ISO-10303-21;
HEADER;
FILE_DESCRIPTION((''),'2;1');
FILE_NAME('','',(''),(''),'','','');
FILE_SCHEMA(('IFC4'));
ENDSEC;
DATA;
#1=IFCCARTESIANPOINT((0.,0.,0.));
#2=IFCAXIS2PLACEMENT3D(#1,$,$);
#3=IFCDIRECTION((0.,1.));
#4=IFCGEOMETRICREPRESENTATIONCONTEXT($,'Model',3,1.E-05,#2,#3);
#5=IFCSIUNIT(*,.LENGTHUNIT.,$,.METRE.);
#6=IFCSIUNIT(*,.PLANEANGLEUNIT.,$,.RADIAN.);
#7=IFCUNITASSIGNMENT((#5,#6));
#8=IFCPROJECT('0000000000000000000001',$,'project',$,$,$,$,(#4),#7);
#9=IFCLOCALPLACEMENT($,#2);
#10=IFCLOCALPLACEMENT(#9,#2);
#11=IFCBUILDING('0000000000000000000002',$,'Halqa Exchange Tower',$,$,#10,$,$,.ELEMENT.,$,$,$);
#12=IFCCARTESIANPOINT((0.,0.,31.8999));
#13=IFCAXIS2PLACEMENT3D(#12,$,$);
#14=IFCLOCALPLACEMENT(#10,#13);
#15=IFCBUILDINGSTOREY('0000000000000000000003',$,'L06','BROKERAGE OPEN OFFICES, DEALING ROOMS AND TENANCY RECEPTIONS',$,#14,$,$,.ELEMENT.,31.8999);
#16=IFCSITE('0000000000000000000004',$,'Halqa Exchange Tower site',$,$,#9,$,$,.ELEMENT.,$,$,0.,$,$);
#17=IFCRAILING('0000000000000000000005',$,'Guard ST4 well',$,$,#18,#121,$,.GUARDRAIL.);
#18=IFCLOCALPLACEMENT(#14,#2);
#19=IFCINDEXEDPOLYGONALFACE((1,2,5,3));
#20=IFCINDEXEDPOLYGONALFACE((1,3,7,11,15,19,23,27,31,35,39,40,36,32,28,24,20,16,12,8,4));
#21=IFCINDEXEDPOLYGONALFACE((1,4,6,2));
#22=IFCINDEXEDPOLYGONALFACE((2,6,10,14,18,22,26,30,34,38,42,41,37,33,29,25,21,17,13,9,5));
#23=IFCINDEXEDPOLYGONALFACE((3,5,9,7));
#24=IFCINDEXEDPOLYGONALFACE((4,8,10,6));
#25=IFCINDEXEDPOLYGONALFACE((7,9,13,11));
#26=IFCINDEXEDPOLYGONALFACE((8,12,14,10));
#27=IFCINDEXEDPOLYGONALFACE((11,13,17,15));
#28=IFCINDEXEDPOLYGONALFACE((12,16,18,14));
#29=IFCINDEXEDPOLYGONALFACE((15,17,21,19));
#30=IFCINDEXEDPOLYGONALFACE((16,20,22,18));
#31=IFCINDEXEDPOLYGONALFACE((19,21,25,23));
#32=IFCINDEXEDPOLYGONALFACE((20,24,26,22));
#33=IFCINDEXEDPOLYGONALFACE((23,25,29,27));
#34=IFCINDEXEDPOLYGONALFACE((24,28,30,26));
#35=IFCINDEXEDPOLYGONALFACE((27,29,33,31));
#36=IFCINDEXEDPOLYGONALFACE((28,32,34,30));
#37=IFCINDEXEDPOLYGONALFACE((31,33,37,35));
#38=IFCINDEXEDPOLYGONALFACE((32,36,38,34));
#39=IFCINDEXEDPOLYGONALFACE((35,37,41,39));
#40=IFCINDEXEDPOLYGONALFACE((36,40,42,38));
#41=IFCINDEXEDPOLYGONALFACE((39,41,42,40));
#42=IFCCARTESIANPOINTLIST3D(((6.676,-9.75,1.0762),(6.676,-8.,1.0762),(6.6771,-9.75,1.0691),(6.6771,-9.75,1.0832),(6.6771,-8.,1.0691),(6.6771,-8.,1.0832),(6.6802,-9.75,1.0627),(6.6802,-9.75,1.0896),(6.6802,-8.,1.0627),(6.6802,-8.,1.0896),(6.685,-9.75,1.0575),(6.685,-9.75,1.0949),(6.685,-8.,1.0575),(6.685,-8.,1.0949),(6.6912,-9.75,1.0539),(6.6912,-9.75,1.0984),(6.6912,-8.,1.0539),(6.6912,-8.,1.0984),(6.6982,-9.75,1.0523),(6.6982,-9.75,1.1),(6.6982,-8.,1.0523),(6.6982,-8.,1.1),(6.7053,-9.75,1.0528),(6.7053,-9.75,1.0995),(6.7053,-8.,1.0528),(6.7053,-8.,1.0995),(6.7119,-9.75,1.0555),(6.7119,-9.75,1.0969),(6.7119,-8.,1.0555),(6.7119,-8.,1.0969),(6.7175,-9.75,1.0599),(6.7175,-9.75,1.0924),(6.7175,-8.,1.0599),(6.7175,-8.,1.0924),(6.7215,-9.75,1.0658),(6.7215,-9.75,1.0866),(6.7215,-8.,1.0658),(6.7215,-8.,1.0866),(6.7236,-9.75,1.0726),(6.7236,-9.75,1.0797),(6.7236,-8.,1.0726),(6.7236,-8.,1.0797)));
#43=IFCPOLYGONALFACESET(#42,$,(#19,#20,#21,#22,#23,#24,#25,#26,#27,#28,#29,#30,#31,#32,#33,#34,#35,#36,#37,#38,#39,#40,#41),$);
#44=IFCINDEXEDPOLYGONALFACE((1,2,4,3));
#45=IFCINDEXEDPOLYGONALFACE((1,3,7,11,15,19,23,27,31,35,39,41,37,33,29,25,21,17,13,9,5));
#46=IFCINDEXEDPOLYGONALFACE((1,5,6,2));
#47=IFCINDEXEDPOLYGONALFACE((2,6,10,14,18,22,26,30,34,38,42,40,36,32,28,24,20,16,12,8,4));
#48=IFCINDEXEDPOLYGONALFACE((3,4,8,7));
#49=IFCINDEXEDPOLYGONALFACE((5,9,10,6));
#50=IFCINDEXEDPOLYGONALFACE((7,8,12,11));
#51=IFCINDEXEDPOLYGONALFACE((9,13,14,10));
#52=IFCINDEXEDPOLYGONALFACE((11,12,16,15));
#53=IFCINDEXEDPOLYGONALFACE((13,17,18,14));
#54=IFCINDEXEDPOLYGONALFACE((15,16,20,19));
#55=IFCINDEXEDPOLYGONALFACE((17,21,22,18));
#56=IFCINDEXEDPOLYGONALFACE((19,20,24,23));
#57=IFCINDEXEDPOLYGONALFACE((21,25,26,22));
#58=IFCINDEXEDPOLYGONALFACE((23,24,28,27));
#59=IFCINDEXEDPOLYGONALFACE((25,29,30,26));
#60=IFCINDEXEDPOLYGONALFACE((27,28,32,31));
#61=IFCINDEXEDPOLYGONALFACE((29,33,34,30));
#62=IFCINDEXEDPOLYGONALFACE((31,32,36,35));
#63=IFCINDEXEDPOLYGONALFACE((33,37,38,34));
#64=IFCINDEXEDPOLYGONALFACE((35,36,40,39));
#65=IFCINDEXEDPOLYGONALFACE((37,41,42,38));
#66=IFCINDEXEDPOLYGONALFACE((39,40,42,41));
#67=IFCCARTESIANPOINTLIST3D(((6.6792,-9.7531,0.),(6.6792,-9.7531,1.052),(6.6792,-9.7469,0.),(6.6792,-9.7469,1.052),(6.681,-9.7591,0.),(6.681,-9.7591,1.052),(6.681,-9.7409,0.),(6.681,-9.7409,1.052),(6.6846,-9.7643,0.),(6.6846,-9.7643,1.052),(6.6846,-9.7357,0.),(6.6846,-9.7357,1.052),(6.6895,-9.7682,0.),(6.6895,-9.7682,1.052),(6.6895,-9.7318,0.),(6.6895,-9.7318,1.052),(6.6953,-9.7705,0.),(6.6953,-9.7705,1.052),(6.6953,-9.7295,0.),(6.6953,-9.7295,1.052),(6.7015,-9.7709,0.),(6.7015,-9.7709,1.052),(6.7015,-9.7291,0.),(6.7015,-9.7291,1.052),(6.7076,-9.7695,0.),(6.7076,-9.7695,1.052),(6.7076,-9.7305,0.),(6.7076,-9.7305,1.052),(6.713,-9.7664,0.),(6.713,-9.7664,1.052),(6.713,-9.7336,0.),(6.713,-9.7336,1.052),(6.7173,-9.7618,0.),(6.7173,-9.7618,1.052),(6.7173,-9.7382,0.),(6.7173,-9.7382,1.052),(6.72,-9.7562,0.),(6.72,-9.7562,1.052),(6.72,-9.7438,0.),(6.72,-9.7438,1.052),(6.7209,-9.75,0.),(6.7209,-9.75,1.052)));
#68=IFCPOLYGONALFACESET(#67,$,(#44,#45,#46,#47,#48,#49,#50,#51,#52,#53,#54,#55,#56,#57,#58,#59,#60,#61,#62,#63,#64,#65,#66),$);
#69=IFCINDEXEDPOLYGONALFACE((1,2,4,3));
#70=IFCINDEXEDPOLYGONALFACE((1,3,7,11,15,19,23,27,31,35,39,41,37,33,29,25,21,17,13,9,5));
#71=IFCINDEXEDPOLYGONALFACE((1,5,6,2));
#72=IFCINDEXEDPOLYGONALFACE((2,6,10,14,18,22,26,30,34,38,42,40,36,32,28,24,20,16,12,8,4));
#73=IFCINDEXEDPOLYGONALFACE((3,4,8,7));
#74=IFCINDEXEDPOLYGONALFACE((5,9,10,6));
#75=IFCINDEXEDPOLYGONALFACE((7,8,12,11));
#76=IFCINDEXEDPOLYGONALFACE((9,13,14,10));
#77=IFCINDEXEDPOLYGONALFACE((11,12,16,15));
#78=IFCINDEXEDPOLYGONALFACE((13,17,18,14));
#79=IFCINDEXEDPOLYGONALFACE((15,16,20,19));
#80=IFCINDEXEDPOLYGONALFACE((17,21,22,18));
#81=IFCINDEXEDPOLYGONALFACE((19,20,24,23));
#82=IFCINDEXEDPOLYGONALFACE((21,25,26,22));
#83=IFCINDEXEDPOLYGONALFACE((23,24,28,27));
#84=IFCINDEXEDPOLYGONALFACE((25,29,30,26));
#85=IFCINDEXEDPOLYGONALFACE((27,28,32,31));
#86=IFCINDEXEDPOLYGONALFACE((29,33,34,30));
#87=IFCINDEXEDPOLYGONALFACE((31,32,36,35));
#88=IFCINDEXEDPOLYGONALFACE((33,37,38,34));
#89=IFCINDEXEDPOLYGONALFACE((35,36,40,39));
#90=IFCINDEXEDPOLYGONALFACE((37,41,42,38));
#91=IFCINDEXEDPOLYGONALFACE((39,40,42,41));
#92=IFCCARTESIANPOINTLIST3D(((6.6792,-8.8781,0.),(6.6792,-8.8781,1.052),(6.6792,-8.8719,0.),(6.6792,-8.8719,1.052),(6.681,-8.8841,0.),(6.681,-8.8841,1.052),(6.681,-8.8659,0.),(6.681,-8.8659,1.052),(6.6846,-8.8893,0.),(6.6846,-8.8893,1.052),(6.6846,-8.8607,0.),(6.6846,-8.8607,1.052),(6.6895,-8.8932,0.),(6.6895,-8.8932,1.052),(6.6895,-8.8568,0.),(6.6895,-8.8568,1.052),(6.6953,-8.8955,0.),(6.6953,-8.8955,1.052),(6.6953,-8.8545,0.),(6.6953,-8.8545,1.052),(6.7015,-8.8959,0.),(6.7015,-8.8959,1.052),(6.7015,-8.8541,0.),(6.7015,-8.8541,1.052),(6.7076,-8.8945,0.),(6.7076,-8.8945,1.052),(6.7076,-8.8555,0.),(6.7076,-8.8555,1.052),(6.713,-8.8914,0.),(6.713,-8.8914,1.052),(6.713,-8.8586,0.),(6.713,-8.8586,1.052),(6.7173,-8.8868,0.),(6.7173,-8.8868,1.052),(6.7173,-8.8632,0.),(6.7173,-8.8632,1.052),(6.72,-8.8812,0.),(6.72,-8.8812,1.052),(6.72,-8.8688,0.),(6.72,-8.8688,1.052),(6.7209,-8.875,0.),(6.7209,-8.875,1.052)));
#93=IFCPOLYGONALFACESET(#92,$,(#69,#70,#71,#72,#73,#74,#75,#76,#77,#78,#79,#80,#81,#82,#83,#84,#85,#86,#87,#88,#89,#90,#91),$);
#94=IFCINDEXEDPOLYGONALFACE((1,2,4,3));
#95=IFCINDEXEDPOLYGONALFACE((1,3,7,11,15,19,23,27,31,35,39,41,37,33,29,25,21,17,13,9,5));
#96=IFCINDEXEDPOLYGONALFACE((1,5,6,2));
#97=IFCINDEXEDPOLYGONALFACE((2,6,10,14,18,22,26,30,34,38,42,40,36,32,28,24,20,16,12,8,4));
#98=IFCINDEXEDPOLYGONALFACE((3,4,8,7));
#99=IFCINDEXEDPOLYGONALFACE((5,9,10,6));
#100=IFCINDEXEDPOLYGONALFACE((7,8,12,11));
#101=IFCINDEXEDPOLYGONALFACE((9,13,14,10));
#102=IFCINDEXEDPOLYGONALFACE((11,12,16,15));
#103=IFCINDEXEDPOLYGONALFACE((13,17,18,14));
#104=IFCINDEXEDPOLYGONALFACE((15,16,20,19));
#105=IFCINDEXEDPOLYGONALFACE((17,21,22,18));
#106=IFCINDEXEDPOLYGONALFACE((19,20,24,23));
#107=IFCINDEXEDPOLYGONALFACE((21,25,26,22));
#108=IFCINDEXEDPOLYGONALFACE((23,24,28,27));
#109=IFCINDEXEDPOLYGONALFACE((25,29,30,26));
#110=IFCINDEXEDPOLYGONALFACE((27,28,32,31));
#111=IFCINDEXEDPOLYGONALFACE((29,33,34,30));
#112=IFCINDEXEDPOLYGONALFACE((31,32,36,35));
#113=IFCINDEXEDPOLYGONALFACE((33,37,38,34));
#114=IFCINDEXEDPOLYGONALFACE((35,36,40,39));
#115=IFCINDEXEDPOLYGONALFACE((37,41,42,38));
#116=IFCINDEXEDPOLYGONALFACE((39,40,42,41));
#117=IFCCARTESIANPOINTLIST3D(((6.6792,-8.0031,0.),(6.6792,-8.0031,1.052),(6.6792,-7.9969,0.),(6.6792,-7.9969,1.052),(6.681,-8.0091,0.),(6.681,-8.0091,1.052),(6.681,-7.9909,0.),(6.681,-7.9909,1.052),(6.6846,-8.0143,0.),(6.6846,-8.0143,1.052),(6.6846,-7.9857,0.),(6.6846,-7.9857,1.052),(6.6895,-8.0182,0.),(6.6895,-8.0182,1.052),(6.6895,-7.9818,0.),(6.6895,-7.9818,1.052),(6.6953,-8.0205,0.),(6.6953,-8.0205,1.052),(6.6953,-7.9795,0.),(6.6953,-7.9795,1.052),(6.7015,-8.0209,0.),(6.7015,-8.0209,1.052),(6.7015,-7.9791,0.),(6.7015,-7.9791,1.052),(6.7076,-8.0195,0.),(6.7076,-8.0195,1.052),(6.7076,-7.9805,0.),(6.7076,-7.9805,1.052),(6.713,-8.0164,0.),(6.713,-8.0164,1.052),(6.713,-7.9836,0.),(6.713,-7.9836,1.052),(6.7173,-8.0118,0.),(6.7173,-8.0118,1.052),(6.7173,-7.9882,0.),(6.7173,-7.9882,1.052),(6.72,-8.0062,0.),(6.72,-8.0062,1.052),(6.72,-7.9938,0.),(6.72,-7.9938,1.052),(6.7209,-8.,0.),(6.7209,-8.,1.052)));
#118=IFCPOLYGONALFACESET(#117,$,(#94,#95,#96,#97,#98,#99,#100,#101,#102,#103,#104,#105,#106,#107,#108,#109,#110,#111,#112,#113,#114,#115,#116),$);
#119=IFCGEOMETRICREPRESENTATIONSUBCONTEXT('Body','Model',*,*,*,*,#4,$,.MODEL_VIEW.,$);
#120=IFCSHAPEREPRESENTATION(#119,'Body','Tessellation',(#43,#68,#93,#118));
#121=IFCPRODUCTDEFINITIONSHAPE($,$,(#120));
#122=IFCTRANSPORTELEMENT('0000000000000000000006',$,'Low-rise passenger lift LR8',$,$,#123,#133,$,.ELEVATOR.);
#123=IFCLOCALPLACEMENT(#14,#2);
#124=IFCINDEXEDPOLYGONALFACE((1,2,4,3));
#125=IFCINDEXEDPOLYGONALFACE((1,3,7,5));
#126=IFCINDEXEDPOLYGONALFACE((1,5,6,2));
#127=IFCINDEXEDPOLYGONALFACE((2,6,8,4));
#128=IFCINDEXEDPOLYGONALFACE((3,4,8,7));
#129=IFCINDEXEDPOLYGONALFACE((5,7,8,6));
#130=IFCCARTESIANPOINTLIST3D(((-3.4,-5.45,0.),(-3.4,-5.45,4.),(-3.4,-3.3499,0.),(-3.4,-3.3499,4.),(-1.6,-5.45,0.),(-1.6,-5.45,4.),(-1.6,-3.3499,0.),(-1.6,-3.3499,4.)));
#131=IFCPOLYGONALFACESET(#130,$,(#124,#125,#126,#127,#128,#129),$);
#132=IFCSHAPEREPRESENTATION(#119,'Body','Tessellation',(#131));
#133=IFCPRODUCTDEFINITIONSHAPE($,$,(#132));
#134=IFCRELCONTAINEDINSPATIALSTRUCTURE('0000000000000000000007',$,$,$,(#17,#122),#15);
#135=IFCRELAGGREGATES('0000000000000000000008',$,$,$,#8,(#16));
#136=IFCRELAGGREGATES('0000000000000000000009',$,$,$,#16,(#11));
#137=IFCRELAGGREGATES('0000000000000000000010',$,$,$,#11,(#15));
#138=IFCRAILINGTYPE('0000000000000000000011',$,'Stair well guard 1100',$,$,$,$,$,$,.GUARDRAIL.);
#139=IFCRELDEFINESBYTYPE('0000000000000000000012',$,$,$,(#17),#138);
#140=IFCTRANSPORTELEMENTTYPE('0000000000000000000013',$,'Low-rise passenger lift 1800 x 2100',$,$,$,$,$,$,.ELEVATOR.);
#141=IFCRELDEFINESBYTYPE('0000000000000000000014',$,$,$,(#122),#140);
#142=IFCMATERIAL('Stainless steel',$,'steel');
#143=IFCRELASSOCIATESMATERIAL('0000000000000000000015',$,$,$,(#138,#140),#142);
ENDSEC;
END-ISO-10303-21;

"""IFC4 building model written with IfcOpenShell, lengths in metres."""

from ifc_helpers import new_model, si_unit, direction, frame, origin, origin_2d, place, context, subcontext, project, spatial, rectangle, circle, extrude, material, type_object, element, save


model = new_model("IFC4")

# Units and contexts
model_context = context("Model", 3, precision=1e-05, world=origin(), true_north=direction((0.0, 1.0)))
body_context = subcontext(model_context, "Body", "Model", "MODEL_VIEW")
ifc_project = project(units=[si_unit("LENGTHUNIT", "METRE"), si_unit("PLANEANGLEUNIT", "RADIAN")], contexts=[model_context])

# Site, building, storey
site_placement = place(None, origin())
site = spatial("IfcSite", under=ifc_project, at=site_placement, Name="Halqa Exchange Tower site", CompositionType="ELEMENT", RefElevation=0.0)
building_placement = place(site_placement, origin())
building = spatial("IfcBuilding", under=site, at=building_placement, Name="Halqa Exchange Tower", CompositionType="ELEMENT")
storey_placement = place(building_placement, frame((0.0, 0.0, 31.8999)))
storey = spatial("IfcBuildingStorey", under=building, at=storey_placement, Name="L06", Description="BROKERAGE OPEN OFFICES, DEALING ROOMS AND TENANCY RECEPTIONS", CompositionType="ELEMENT", Elevation=31.8999)

# Railing
ifc_material_1 = material(Name="Stainless steel", Category="steel")
railing_type_1 = type_object("IfcRailingType", Name="Stair well guard 1100", PredefinedType="GUARDRAIL", material=ifc_material_1)
railing_1_placement = place(storey_placement, frame((6.7, -9.75, 0.0)))
element("IfcRailing", 1, at=railing_1_placement, inside=storey, type_object=railing_type_1, Name="Guard ST4 well", PredefinedType="GUARDRAIL", context=body_context, shape_type="SweptSolid", body=[
    extrude(circle(Radius=0.0239, at=origin_2d()), frame((0.0, 0.0, 1.0762), z_axis=(0.0, 1.0, 0.0), x_axis=(-1.0, 0.0, 0.0)), (0.0, 0.0, 1.0), 1.75),
    extrude(circle(Radius=0.021, at=origin_2d()), origin(), (0.0, 0.0, 1.0), 1.052),
    extrude(circle(Radius=0.021, at=origin_2d()), frame((0.0, 0.875, 0.0)), (0.0, 0.0, 1.0), 1.052),
    extrude(circle(Radius=0.021, at=origin_2d()), frame((0.0, 1.75, 0.0)), (0.0, 0.0, 1.0), 1.052),
])

# Transport element
transport_element_type = type_object("IfcTransportElementType", Name="Low-rise passenger lift 1800 x 2100", PredefinedType="ELEVATOR", material=ifc_material_1)
transport_element_placement = place(storey_placement, frame((-2.5, -4.3999, 0.0), z_axis=(0.0, 0.0, 1.0), x_axis=(1.0, 0.0, 0.0)))
element("IfcTransportElement", 2, at=transport_element_placement, inside=storey, type_object=transport_element_type, Name="Low-rise passenger lift LR8", PredefinedType="ELEVATOR", context=body_context, shape_type="SweptSolid", body=[
    extrude(rectangle(XDim=1.8, YDim=2.1001, at=origin_2d()), origin(), (0.0, 0.0, 1.0), 4.0),
])

save(model, "model.ifc")
